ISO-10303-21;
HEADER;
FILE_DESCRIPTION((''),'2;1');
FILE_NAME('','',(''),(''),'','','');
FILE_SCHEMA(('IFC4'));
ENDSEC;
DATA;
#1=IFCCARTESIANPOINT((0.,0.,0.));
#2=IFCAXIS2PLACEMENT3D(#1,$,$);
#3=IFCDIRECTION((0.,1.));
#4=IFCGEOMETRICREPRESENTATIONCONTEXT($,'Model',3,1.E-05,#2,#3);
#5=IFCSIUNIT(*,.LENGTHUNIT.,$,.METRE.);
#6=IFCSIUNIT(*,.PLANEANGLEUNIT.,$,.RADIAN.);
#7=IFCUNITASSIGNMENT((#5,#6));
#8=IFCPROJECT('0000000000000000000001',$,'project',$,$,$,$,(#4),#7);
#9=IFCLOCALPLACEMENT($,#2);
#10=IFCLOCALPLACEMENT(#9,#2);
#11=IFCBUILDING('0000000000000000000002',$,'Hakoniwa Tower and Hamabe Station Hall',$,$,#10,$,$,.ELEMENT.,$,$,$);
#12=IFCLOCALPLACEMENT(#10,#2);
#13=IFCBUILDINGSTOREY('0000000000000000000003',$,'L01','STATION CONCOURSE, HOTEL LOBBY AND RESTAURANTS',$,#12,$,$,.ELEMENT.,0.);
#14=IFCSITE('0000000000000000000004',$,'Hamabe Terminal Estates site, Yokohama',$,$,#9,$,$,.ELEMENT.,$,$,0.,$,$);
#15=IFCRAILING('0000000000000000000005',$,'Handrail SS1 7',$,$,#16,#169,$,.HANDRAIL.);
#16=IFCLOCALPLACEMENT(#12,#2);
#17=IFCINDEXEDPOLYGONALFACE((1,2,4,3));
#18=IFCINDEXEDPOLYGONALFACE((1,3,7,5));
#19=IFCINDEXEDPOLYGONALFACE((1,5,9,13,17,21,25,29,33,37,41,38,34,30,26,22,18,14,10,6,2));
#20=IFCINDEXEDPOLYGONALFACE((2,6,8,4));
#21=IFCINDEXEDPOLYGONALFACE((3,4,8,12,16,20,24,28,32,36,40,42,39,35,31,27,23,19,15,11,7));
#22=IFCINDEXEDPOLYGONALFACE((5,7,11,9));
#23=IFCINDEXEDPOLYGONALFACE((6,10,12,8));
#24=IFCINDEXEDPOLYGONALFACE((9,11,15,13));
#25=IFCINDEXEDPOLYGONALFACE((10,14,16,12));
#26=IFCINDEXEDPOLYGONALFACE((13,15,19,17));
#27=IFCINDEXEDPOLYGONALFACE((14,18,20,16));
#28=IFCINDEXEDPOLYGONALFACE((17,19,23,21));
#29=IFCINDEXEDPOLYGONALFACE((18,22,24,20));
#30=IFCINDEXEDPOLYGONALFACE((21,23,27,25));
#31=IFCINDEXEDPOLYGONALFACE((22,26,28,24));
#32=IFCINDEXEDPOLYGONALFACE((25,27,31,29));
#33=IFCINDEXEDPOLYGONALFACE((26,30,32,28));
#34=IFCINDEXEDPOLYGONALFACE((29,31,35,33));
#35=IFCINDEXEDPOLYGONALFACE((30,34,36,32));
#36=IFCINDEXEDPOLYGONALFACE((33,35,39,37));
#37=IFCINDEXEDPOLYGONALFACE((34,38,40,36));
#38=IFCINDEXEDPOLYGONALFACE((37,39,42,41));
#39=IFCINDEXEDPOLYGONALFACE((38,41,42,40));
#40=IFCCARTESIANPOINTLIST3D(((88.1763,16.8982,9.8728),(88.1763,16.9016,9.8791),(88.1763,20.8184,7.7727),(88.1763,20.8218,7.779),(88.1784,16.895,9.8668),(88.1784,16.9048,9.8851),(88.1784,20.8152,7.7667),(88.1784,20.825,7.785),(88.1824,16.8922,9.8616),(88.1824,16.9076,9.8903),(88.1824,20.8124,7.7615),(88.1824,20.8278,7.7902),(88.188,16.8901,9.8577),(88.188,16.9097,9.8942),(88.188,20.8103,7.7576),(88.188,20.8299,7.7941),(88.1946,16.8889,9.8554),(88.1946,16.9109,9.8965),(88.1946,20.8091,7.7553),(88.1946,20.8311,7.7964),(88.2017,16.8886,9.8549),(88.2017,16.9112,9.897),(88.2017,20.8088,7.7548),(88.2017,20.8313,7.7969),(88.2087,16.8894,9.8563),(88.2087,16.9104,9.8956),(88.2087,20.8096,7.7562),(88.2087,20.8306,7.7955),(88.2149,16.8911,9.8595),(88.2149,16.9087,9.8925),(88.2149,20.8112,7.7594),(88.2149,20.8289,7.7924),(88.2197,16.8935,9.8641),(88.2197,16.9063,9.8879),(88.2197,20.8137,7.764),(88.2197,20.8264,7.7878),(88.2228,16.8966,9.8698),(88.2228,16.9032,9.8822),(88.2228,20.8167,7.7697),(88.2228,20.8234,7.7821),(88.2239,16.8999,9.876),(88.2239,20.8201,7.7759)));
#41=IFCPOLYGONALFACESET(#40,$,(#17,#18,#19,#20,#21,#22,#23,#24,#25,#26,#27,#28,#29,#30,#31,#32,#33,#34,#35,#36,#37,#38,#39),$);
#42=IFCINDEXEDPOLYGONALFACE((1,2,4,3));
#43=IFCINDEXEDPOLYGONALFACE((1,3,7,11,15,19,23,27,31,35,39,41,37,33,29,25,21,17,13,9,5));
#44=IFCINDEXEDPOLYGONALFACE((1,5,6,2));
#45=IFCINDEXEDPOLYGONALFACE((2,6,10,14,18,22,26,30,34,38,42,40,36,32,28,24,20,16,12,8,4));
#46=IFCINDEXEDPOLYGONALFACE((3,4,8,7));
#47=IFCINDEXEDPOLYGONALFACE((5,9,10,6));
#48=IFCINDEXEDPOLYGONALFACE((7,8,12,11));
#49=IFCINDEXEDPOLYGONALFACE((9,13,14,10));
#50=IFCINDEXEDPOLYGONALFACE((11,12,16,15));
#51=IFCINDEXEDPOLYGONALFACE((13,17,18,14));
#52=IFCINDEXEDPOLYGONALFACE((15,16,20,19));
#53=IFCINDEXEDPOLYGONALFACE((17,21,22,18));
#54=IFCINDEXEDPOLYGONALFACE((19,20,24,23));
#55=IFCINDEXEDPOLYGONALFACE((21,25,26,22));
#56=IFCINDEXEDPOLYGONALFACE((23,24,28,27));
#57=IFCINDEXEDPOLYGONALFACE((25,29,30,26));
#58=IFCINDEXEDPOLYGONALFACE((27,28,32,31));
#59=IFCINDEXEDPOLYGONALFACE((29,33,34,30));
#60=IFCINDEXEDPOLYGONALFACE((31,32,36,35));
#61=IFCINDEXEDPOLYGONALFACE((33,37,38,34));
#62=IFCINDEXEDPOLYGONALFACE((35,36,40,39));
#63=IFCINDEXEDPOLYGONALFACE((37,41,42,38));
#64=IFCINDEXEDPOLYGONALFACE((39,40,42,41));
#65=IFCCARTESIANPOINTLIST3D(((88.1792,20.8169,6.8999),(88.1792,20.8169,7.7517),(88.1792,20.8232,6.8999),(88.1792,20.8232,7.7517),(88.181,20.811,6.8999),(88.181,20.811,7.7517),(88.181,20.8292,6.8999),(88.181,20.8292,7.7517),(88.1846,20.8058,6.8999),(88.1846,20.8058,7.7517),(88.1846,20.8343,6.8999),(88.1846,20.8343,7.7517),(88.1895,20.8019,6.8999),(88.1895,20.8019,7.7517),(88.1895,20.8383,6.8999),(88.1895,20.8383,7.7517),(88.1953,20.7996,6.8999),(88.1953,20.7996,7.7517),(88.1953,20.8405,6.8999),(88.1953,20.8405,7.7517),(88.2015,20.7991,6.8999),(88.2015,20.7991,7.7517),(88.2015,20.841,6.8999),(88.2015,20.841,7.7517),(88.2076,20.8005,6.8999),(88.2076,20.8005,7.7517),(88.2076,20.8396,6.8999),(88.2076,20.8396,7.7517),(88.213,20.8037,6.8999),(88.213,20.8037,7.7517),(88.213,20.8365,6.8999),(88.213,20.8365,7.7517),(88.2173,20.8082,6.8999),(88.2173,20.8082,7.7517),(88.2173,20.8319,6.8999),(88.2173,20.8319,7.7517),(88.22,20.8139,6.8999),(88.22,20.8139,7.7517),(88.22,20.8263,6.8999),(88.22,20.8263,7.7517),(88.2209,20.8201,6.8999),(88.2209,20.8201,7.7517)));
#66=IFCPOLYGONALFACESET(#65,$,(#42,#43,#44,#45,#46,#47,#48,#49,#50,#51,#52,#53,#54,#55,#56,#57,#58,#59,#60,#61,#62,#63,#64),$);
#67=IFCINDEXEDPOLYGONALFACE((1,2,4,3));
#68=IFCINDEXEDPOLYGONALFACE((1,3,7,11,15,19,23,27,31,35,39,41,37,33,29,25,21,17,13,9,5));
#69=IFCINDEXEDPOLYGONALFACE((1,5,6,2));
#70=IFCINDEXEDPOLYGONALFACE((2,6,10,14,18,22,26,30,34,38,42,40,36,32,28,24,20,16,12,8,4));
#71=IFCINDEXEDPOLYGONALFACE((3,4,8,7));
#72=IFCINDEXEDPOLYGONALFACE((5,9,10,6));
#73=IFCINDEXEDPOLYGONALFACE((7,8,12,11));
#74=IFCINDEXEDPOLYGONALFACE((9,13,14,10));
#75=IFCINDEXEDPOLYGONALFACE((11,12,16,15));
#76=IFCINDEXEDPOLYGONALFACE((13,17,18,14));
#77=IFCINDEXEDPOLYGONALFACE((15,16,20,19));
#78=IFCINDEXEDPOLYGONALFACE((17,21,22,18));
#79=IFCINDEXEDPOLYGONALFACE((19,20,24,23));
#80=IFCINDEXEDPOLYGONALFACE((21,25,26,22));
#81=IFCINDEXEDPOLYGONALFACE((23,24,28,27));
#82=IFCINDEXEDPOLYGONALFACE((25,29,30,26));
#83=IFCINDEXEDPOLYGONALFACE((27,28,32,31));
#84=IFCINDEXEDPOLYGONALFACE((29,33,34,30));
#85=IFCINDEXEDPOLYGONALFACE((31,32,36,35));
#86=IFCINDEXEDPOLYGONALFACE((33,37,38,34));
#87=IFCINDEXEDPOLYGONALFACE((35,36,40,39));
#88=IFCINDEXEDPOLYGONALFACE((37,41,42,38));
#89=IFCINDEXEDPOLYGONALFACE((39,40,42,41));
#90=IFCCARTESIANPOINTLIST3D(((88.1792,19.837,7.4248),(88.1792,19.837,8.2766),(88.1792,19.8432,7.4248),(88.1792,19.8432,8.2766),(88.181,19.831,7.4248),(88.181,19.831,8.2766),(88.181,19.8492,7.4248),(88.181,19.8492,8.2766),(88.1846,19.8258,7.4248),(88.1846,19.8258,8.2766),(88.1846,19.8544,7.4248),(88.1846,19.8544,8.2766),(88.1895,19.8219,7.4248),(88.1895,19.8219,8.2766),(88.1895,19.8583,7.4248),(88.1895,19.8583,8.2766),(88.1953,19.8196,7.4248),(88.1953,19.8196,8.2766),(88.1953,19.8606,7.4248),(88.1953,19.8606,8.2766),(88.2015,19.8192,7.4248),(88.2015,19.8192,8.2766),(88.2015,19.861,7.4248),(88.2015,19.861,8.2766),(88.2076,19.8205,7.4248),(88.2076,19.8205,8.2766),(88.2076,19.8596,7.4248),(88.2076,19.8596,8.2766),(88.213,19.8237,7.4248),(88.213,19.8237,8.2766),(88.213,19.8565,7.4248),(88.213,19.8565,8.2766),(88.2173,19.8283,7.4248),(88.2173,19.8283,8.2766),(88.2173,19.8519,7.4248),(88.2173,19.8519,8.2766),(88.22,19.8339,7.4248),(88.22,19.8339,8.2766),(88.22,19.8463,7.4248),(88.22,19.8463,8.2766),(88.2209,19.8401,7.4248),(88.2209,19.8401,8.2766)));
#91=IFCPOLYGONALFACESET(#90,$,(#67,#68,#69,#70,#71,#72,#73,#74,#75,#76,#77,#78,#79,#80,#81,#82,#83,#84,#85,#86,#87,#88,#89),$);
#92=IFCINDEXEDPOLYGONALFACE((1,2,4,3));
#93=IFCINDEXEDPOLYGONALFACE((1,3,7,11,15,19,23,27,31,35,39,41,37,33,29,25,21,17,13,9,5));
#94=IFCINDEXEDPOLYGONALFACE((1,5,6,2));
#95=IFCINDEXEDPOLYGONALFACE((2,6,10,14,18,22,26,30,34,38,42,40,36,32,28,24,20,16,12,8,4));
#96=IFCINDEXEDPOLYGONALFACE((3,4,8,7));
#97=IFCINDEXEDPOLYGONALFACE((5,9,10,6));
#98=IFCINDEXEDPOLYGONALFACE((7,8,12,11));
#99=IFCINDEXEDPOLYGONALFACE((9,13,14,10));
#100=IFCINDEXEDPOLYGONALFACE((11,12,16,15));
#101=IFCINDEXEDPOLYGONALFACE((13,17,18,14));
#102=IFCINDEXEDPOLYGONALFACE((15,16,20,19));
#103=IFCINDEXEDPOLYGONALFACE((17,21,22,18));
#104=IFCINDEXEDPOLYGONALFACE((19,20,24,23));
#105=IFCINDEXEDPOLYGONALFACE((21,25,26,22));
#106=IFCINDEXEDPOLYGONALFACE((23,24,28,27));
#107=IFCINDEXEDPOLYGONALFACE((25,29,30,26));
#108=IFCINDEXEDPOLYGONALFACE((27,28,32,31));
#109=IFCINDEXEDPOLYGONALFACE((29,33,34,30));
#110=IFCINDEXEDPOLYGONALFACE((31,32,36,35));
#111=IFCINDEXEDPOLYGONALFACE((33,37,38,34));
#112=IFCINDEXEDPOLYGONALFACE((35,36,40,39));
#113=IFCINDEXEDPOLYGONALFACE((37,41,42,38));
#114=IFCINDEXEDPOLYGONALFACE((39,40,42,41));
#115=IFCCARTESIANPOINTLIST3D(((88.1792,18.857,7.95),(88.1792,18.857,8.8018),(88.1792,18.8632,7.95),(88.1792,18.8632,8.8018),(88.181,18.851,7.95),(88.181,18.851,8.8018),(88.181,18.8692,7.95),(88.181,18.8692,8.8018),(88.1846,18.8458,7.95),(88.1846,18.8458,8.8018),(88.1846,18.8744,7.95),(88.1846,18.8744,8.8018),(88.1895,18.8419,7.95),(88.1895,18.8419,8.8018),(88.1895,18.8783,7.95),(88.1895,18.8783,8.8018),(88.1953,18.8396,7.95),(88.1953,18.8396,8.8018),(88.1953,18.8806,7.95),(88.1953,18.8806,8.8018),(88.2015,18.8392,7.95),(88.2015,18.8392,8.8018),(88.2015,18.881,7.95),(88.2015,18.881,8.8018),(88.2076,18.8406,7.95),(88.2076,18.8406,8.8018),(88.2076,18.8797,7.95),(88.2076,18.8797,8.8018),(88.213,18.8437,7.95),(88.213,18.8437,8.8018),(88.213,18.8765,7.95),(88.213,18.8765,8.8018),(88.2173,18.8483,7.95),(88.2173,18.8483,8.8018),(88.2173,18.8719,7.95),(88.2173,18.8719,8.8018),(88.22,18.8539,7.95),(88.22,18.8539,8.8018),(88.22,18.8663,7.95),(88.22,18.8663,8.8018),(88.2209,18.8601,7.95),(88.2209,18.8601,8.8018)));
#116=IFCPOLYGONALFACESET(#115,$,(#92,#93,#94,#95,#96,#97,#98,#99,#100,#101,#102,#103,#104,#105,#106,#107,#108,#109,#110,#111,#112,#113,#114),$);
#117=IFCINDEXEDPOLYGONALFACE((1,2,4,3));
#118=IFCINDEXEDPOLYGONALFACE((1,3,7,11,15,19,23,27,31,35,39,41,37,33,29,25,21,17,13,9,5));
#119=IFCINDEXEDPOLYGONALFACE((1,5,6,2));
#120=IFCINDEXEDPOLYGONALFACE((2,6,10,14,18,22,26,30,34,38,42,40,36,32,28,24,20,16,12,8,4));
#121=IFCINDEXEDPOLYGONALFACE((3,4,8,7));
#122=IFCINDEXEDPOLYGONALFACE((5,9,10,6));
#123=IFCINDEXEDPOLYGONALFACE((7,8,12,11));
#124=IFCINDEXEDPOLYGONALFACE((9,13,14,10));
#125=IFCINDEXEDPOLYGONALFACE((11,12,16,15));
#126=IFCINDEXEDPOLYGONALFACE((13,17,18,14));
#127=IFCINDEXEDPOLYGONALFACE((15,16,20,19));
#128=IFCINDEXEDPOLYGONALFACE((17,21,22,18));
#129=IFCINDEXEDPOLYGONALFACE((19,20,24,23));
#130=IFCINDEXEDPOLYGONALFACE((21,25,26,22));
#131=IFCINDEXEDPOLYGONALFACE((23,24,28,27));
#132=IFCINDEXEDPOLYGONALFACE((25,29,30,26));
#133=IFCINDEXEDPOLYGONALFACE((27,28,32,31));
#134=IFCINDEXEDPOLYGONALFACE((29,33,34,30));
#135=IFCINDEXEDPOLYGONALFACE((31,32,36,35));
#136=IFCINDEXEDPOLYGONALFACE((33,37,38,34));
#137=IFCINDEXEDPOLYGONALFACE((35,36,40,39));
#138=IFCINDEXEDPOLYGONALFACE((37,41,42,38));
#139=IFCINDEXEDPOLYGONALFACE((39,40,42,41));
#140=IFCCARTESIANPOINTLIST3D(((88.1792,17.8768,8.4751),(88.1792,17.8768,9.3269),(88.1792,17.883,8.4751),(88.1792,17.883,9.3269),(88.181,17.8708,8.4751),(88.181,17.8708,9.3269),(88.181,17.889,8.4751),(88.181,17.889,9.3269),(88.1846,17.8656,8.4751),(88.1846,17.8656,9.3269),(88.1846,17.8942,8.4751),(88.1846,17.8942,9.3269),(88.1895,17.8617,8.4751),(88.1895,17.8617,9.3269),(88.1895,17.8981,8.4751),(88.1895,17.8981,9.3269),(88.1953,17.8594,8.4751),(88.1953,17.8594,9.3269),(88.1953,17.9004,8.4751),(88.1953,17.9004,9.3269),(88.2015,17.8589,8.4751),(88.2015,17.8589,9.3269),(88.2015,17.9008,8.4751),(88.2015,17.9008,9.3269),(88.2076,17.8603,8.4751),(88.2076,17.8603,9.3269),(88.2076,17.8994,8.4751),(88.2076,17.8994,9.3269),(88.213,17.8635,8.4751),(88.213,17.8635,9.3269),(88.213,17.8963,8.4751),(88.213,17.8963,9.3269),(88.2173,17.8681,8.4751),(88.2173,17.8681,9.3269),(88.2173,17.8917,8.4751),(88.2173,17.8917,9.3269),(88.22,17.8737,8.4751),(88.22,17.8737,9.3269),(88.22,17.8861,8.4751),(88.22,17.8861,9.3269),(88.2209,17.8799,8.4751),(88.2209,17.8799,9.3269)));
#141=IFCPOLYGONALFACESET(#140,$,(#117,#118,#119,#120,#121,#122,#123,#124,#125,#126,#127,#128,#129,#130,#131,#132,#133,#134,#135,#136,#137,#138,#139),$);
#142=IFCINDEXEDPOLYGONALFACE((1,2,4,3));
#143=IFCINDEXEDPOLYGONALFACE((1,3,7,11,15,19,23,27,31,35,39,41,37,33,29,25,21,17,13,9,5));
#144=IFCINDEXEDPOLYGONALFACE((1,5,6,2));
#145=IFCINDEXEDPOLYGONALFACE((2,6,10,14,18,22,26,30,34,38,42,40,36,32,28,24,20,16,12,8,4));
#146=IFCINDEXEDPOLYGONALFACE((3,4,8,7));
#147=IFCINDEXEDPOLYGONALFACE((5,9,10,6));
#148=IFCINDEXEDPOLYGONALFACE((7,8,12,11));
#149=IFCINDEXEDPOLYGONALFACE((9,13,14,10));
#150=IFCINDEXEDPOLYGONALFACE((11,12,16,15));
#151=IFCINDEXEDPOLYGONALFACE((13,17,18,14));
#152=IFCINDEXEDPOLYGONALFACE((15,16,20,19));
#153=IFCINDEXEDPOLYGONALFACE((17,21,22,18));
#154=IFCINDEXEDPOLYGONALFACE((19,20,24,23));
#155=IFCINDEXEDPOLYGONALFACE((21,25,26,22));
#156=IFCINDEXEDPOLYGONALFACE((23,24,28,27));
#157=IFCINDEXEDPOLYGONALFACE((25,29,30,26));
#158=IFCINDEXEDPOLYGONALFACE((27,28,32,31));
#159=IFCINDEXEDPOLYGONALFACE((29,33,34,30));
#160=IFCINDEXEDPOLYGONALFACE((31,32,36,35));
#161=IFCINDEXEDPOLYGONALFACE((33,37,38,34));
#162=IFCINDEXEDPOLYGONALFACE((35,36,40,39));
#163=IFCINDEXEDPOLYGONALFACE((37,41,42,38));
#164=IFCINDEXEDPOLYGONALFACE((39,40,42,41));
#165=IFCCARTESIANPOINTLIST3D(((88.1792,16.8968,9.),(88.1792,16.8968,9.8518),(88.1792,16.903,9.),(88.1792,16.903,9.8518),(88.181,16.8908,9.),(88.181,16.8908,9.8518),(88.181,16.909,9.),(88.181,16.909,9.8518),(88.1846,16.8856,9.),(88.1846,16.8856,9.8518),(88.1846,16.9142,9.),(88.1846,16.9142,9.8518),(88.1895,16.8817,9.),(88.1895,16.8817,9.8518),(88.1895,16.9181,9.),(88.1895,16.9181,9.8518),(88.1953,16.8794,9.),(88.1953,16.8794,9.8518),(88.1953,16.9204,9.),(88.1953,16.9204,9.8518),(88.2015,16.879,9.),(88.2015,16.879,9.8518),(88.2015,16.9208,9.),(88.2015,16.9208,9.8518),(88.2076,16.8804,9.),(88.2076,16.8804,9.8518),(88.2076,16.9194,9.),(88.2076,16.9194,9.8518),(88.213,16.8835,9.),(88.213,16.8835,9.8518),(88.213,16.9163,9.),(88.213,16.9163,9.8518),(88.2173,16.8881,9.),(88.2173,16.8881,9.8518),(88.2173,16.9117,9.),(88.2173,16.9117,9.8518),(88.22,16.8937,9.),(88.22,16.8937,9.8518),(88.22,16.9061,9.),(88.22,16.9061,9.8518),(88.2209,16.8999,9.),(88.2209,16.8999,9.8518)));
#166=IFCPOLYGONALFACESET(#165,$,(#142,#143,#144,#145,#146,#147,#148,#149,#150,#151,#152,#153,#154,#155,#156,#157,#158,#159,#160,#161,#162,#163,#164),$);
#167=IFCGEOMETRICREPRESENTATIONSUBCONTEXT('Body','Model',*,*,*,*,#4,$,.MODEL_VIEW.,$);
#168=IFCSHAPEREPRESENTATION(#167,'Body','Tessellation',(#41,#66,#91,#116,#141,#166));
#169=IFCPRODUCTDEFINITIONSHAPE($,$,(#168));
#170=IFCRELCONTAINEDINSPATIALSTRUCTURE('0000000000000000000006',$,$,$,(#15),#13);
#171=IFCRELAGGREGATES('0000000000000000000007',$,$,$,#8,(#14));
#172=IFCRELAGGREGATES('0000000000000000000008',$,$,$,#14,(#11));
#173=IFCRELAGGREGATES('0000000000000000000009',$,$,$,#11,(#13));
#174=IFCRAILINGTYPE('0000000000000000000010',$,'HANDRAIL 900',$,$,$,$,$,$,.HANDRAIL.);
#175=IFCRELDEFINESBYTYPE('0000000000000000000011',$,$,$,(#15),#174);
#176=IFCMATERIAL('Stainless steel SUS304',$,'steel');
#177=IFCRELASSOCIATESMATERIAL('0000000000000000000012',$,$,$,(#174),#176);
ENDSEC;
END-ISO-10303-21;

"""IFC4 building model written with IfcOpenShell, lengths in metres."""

from ifc_helpers import new_model, si_unit, direction, frame, origin, origin_2d, place, context, subcontext, project, spatial, circle, extrude, material, type_object, element, save


model = new_model("IFC4")

# Units and contexts
model_context = context("Model", 3, precision=1e-05, world=origin(), true_north=direction((0.0, 1.0)))
body_context = subcontext(model_context, "Body", "Model", "MODEL_VIEW")
ifc_project = project(units=[si_unit("LENGTHUNIT", "METRE"), si_unit("PLANEANGLEUNIT", "RADIAN")], contexts=[model_context])

# Site, building, storey
site_placement = place(None, origin())
site = spatial("IfcSite", under=ifc_project, at=site_placement, Name="Hamabe Terminal Estates site, Yokohama", CompositionType="ELEMENT", RefElevation=0.0)
building_placement = place(site_placement, origin())
building = spatial("IfcBuilding", under=site, at=building_placement, Name="Hakoniwa Tower and Hamabe Station Hall", CompositionType="ELEMENT")
storey_placement = place(building_placement, origin())
storey = spatial("IfcBuildingStorey", under=building, at=storey_placement, Name="L01", Description="STATION CONCOURSE, HOTEL LOBBY AND RESTAURANTS", CompositionType="ELEMENT", Elevation=0.0)

# Railing
ifc_material_1 = material(Name="Stainless steel SUS304", Category="steel")
railing_type = type_object("IfcRailingType", Name="HANDRAIL 900", PredefinedType="HANDRAIL", material=ifc_material_1)
for number, where, name in (
    (1, (88.2, 20.8201, 6.8999), "Handrail SS1 7"),
):
    element("IfcRailing", number, at=place(storey_placement, frame(where)), inside=storey, type_object=railing_type, Name=name, PredefinedType="HANDRAIL", context=body_context, shape_type="SweptSolid", body=[
        extrude(circle(Radius=0.0239, at=origin_2d()), frame((0.0, 0.0, 0.876), z_axis=(0.0, -0.881479, 0.472223), x_axis=(1.0, 0.0, 0.0)), (0.0, 0.0, 1.0), 4.4473),
        extrude(circle(Radius=0.021, at=origin_2d()), origin(), (0.0, 0.0, 1.0), 0.8518),
        extrude(circle(Radius=0.021, at=origin_2d()), frame((0.0, -0.98, 0.5249)), (0.0, 0.0, 1.0), 0.8518),
        extrude(circle(Radius=0.021, at=origin_2d()), frame((0.0, -1.96, 1.05)), (0.0, 0.0, 1.0), 0.8518),
        extrude(circle(Radius=0.021, at=origin_2d()), frame((0.0, -2.9402, 1.5752)), (0.0, 0.0, 1.0), 0.8518),
        extrude(circle(Radius=0.021, at=origin_2d()), frame((0.0, -3.9202, 2.1001)), (0.0, 0.0, 1.0), 0.8518),
    ])

save(model, "model.ifc")
